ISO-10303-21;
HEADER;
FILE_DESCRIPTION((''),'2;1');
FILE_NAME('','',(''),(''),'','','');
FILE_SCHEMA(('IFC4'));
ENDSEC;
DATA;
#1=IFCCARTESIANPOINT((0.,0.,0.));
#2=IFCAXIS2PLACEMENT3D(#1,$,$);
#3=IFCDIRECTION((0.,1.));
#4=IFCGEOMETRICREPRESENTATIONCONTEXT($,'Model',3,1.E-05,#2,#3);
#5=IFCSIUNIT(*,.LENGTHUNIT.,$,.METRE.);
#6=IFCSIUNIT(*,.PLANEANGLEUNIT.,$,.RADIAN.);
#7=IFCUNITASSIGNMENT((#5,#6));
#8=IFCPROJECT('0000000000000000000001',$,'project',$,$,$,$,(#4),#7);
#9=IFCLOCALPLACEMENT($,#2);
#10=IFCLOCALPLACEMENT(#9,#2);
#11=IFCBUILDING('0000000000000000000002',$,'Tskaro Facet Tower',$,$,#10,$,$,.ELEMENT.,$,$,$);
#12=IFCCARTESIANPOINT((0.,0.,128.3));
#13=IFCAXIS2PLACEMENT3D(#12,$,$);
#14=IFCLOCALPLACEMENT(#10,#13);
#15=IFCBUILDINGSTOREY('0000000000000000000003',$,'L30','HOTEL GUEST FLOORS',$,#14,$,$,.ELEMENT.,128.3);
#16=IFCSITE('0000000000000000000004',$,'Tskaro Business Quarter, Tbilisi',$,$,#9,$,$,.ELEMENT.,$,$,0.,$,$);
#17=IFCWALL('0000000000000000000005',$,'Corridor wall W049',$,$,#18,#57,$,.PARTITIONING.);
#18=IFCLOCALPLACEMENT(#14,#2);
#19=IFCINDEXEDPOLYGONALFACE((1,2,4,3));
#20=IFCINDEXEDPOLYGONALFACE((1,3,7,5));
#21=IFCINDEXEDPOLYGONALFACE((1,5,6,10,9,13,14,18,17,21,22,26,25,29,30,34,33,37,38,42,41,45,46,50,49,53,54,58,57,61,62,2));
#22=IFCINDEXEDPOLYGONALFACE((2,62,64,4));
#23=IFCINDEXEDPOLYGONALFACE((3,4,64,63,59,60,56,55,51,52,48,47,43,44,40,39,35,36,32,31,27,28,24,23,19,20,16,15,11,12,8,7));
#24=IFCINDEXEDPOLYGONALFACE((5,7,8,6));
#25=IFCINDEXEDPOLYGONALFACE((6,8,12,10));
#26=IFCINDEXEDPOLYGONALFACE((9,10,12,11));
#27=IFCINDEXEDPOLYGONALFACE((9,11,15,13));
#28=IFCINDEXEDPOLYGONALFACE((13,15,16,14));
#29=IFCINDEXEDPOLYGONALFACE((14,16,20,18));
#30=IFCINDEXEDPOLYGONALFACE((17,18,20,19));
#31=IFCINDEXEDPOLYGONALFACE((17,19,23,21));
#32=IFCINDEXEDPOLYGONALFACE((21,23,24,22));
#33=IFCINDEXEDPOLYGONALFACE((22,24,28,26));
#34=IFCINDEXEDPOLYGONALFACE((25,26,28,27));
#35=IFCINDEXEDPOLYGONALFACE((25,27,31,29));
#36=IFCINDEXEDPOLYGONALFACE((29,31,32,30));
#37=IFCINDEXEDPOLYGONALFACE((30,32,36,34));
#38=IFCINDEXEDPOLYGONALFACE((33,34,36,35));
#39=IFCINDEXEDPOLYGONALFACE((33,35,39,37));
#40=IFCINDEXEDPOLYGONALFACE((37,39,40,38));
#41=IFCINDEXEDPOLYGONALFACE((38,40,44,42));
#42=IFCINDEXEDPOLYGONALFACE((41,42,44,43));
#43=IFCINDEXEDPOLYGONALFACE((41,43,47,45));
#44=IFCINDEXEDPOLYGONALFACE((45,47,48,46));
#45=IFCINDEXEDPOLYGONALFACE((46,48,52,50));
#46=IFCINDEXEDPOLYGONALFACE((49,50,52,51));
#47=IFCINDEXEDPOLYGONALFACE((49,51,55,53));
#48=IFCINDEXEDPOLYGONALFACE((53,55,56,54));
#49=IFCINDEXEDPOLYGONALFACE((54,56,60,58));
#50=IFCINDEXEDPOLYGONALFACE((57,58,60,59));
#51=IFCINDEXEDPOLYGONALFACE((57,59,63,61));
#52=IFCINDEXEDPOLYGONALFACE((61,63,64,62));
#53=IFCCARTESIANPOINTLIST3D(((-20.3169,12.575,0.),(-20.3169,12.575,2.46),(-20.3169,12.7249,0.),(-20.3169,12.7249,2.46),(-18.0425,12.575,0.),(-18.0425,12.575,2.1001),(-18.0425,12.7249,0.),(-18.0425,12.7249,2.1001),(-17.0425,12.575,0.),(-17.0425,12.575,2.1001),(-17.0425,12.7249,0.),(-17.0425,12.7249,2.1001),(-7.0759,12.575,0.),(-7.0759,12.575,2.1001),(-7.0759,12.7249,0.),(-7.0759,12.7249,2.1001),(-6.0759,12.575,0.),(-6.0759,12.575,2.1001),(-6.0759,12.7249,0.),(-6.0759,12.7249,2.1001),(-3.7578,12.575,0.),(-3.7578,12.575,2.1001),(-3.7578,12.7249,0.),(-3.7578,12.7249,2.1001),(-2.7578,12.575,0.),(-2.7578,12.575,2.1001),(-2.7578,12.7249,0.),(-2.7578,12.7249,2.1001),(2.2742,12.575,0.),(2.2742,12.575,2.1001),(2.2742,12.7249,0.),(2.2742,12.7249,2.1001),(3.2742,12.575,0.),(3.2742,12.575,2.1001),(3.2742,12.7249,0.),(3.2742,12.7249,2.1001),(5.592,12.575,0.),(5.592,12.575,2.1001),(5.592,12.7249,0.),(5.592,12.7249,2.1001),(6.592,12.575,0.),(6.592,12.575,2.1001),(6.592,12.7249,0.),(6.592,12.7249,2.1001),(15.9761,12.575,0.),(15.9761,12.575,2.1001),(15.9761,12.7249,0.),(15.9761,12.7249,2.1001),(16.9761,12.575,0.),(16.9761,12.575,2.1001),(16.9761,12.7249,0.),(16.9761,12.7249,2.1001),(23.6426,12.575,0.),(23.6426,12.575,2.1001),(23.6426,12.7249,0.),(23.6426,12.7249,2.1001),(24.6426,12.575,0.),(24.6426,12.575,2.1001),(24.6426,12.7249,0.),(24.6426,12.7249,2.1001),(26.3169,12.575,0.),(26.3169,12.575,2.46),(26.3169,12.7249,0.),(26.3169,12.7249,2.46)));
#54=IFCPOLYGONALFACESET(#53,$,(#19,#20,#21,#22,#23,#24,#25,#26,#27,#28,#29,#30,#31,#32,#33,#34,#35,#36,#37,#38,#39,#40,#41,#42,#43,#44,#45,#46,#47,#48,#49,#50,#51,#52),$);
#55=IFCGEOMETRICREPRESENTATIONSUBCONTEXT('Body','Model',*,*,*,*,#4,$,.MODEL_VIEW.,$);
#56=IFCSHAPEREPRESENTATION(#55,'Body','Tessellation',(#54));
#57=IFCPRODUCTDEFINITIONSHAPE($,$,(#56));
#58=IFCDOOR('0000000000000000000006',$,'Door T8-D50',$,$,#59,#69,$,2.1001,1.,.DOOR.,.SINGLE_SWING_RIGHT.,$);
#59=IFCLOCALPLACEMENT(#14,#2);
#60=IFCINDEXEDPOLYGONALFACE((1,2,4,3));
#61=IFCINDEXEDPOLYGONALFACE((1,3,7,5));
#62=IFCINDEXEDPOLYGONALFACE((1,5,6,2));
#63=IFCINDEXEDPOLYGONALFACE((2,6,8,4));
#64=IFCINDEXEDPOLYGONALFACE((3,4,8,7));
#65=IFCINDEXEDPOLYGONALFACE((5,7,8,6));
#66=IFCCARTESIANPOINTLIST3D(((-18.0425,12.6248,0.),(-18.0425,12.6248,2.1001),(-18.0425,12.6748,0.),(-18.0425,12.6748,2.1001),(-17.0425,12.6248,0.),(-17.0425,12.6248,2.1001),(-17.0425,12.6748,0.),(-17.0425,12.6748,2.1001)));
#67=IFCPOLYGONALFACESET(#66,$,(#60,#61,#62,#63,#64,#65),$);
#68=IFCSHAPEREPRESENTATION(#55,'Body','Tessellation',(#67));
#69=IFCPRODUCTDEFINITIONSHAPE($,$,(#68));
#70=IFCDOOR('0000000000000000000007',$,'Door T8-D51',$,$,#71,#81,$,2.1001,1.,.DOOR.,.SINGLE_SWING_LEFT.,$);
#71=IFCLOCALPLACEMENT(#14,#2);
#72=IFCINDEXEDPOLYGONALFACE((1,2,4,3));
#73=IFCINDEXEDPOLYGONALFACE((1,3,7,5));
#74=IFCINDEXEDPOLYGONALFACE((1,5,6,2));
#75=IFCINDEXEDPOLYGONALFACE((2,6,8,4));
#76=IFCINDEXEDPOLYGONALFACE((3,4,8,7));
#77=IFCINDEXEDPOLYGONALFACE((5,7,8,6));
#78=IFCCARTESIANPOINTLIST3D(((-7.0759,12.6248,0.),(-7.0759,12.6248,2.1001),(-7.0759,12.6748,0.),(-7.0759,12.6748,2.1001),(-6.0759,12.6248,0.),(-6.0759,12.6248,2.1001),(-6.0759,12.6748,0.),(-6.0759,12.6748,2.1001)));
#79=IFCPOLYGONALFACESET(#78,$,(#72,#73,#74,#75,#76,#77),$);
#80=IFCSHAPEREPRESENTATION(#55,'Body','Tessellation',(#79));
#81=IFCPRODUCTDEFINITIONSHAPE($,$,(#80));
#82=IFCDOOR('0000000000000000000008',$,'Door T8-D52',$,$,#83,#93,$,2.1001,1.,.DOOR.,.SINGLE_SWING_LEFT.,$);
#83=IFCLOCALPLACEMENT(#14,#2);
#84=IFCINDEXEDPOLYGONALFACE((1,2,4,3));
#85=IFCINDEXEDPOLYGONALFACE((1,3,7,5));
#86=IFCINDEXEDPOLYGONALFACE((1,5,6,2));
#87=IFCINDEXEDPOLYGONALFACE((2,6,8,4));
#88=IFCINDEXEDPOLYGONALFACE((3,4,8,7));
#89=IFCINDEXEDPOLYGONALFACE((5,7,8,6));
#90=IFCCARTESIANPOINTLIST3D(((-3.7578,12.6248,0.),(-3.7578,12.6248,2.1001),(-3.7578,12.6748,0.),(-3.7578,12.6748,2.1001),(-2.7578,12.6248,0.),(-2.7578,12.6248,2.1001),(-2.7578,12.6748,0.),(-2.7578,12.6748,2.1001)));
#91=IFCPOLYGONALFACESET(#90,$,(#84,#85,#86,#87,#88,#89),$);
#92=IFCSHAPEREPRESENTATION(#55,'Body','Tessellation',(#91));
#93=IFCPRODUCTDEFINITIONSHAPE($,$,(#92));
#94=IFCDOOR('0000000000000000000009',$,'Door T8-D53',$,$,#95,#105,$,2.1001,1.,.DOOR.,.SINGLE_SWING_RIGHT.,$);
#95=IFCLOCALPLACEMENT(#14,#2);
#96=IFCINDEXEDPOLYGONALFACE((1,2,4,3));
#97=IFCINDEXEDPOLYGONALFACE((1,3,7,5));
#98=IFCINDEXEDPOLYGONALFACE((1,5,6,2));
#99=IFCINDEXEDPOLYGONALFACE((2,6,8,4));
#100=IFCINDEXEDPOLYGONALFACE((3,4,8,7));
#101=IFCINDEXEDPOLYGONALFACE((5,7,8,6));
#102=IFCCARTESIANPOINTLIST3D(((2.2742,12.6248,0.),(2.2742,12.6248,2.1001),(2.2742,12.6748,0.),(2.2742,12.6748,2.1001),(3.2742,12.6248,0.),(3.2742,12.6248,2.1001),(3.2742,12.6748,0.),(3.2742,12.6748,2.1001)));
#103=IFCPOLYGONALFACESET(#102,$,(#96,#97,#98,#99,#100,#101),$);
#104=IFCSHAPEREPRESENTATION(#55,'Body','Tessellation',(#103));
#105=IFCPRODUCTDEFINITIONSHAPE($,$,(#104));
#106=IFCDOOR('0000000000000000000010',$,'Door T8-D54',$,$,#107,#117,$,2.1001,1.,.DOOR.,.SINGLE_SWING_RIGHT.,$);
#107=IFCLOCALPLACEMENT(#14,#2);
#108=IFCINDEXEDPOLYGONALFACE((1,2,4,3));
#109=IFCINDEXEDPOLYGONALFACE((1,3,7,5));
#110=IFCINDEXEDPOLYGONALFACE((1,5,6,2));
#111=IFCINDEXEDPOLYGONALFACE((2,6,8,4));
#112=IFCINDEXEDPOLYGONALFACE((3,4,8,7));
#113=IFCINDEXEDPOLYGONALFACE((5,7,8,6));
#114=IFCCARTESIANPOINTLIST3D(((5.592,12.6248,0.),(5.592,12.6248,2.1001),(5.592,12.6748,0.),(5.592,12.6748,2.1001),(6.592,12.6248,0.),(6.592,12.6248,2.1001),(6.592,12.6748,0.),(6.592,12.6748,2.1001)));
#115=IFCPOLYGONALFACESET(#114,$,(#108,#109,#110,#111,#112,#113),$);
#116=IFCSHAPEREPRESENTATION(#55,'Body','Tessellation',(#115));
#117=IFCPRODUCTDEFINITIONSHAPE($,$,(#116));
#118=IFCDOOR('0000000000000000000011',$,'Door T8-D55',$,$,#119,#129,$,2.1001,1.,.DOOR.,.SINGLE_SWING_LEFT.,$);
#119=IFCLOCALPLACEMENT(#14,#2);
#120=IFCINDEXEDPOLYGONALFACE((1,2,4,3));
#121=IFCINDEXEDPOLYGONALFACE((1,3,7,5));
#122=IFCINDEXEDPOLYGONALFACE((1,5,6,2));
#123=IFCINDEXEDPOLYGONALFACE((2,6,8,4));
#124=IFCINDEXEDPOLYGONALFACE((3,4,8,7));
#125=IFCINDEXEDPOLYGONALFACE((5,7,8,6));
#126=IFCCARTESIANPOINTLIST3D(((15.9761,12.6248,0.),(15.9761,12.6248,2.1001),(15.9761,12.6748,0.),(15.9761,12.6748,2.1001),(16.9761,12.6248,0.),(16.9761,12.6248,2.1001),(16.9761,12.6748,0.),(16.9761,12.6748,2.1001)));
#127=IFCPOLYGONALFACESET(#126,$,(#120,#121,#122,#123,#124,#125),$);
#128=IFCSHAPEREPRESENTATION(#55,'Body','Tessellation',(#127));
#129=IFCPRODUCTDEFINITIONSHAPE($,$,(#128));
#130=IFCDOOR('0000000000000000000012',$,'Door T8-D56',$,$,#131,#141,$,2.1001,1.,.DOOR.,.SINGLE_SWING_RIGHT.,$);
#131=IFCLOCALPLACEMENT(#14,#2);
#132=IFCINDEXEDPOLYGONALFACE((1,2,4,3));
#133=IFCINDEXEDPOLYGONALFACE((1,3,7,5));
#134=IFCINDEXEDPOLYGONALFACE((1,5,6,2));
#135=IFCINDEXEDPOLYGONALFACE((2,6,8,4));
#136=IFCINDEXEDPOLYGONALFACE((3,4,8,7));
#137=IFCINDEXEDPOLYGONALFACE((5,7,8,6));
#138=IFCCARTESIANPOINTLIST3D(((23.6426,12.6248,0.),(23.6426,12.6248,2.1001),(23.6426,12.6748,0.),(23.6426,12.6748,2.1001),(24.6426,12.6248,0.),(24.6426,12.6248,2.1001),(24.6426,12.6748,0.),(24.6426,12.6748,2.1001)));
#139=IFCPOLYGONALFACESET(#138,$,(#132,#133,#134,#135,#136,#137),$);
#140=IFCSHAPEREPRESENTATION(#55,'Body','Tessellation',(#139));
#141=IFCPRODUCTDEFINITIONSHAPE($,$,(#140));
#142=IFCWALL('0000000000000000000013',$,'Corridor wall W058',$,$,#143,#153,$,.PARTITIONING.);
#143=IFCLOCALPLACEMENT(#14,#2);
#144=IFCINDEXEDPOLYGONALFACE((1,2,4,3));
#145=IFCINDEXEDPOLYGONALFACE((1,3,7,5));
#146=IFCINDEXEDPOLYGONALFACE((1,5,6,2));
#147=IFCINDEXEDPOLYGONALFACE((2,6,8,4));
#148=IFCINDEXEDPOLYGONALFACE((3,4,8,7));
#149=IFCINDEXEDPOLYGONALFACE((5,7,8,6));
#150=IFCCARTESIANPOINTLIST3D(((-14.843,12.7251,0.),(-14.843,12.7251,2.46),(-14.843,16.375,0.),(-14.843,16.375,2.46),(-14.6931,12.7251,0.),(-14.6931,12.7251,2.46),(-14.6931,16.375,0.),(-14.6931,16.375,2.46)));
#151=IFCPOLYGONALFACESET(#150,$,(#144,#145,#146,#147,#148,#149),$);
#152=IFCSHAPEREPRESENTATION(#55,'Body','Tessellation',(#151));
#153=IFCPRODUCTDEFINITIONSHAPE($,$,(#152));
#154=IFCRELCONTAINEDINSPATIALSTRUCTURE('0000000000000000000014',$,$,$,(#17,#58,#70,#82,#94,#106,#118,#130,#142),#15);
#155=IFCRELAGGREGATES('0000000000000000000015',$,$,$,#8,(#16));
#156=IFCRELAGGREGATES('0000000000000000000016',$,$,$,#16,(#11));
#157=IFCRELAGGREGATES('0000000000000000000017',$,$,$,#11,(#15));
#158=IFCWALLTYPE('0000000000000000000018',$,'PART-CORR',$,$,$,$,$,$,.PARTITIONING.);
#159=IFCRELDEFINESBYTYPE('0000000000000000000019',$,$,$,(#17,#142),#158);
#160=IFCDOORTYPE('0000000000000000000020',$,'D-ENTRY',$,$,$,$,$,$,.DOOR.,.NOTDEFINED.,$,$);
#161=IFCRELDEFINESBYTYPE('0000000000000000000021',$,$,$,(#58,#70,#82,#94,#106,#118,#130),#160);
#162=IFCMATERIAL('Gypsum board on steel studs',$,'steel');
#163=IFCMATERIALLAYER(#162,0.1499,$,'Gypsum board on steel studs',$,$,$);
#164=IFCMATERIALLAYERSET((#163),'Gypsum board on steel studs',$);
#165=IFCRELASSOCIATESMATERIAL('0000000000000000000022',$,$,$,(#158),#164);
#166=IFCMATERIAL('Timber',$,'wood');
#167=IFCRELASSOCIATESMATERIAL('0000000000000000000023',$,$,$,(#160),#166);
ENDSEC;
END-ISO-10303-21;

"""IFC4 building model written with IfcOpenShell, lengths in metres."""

from ifc_helpers import new_model, si_unit, direction, frame, frame_2d, origin, place, context, subcontext, project, spatial, rectangle, extrude, material, layer, layer_set, type_object, element, fill, save


model = new_model("IFC4")

# Units and contexts
model_context = context("Model", 3, precision=1e-05, world=origin(), true_north=direction((0.0, 1.0)))
body_context = subcontext(model_context, "Body", "Model", "MODEL_VIEW")
ifc_project = project(units=[si_unit("LENGTHUNIT", "METRE"), si_unit("PLANEANGLEUNIT", "RADIAN")], contexts=[model_context])

# Site, building, storey
site_placement = place(None, origin())
site = spatial("IfcSite", under=ifc_project, at=site_placement, Name="Tskaro Business Quarter, Tbilisi", CompositionType="ELEMENT", RefElevation=0.0)
building_placement = place(site_placement, origin())
building = spatial("IfcBuilding", under=site, at=building_placement, Name="Tskaro Facet Tower", CompositionType="ELEMENT")
storey_placement = place(building_placement, frame((0.0, 0.0, 128.3)))
storey = spatial("IfcBuildingStorey", under=building, at=storey_placement, Name="L30", Description="HOTEL GUEST FLOORS", CompositionType="ELEMENT", Elevation=128.3)

# Shared definitions
ifc_material_1 = material(Name="Gypsum board on steel studs", Category="steel")
ifc_layer_1 = layer(ifc_material_1, 0.1499, Name="Gypsum board on steel studs")
ifc_layer_set_1 = layer_set([ifc_layer_1], Name="Gypsum board on steel studs")
wall_type = type_object("IfcWallType", Name="PART-CORR", PredefinedType="PARTITIONING", material=ifc_layer_set_1)
ifc_material_2 = material(Name="Timber", Category="wood")

# Wall, openings, doors
wall_1_placement = place(storey_placement, frame((-20.3169, 12.6499, 0.0), z_axis=(0.0, 0.0, 1.0), x_axis=(1.0, 0.0, 0.0)))
wall_1 = element("IfcWall", 1, at=wall_1_placement, inside=storey, type_object=wall_type, Name="Corridor wall W049", PredefinedType="PARTITIONING", context=body_context, shape_type="SweptSolid", body=[
    extrude(rectangle(XDim=46.6338, YDim=0.1499, at=frame_2d((23.3169, 0.0))), origin(), (0.0, 0.0, 1.0), 2.46),
])
opening_1_placement = place(wall_1_placement, frame((2.2744, 0.0, 0.0)))
opening_1 = element("IfcOpeningElement", 2, at=opening_1_placement, cuts=wall_1, PredefinedType="OPENING", context=body_context, shape_type="SweptSolid", body=[
    extrude(rectangle(XDim=1.0, YDim=2.1001, at=frame_2d((0.5, 1.05))), frame((0.0, 0.085, 0.0), z_axis=(0.0, -1.0, 0.0), x_axis=(1.0, 0.0, 0.0)), (0.0, 0.0, 1.0), 0.1699),
])
opening_2_placement = place(wall_1_placement, frame((13.241, 0.0, 0.0)))
opening_2 = element("IfcOpeningElement", 3, at=opening_2_placement, cuts=wall_1, PredefinedType="OPENING", context=body_context, shape_type="SweptSolid", body=[
    extrude(rectangle(XDim=1.0, YDim=2.1001, at=frame_2d((0.5, 1.05))), frame((0.0, 0.085, 0.0), z_axis=(0.0, -1.0, 0.0), x_axis=(1.0, 0.0, 0.0)), (0.0, 0.0, 1.0), 0.1699),
])
opening_3_placement = place(wall_1_placement, frame((16.5591, 0.0, 0.0)))
opening_3 = element("IfcOpeningElement", 4, at=opening_3_placement, cuts=wall_1, PredefinedType="OPENING", context=body_context, shape_type="SweptSolid", body=[
    extrude(rectangle(XDim=1.0, YDim=2.1001, at=frame_2d((0.5, 1.05))), frame((0.0, 0.085, 0.0), z_axis=(0.0, -1.0, 0.0), x_axis=(1.0, 0.0, 0.0)), (0.0, 0.0, 1.0), 0.1699),
])
opening_4_placement = place(wall_1_placement, frame((22.5911, 0.0, 0.0)))
opening_4 = element("IfcOpeningElement", 5, at=opening_4_placement, cuts=wall_1, PredefinedType="OPENING", context=body_context, shape_type="SweptSolid", body=[
    extrude(rectangle(XDim=1.0, YDim=2.1001, at=frame_2d((0.5, 1.05))), frame((0.0, 0.085, 0.0), z_axis=(0.0, -1.0, 0.0), x_axis=(1.0, 0.0, 0.0)), (0.0, 0.0, 1.0), 0.1699),
])
opening_5_placement = place(wall_1_placement, frame((25.9089, 0.0, 0.0)))
opening_5 = element("IfcOpeningElement", 6, at=opening_5_placement, cuts=wall_1, PredefinedType="OPENING", context=body_context, shape_type="SweptSolid", body=[
    extrude(rectangle(XDim=1.0, YDim=2.1001, at=frame_2d((0.5, 1.05))), frame((0.0, 0.085, 0.0), z_axis=(0.0, -1.0, 0.0), x_axis=(1.0, 0.0, 0.0)), (0.0, 0.0, 1.0), 0.1699),
])
opening_6_placement = place(wall_1_placement, frame((36.293, 0.0, 0.0)))
opening_6 = element("IfcOpeningElement", 7, at=opening_6_placement, cuts=wall_1, PredefinedType="OPENING", context=body_context, shape_type="SweptSolid", body=[
    extrude(rectangle(XDim=1.0, YDim=2.1001, at=frame_2d((0.5, 1.05))), frame((0.0, 0.085, 0.0), z_axis=(0.0, -1.0, 0.0), x_axis=(1.0, 0.0, 0.0)), (0.0, 0.0, 1.0), 0.1699),
])
opening_7_placement = place(wall_1_placement, frame((43.9595, 0.0, 0.0)))
opening_7 = element("IfcOpeningElement", 8, at=opening_7_placement, cuts=wall_1, PredefinedType="OPENING", context=body_context, shape_type="SweptSolid", body=[
    extrude(rectangle(XDim=1.0, YDim=2.1001, at=frame_2d((0.5, 1.05))), frame((0.0, 0.085, 0.0), z_axis=(0.0, -1.0, 0.0), x_axis=(1.0, 0.0, 0.0)), (0.0, 0.0, 1.0), 0.1699),
])
door_type_1 = type_object("IfcDoorType", Name="D-ENTRY", OperationType="NOTDEFINED", PredefinedType="DOOR", material=ifc_material_2)
door_1_placement = place(opening_1_placement, origin())
door_1 = element("IfcDoor", 9, at=door_1_placement, inside=storey, type_object=door_type_1, Name="Door T8-D50", OperationType="SINGLE_SWING_RIGHT", OverallHeight=2.1001, OverallWidth=1.0, PredefinedType="DOOR", context=body_context, shape_type="SweptSolid", body=[
    extrude(rectangle(XDim=1.0, YDim=2.1001, at=frame_2d((0.5, 1.05))), frame((0.0, 0.0249, 0.0), z_axis=(0.0, -1.0, 0.0), x_axis=(1.0, 0.0, 0.0)), (0.0, 0.0, 1.0), 0.05),
])
fill(opening_1, door_1)
door_2_placement = place(opening_2_placement, origin())
door_2 = element("IfcDoor", 10, at=door_2_placement, inside=storey, type_object=door_type_1, Name="Door T8-D51", OperationType="SINGLE_SWING_LEFT", OverallHeight=2.1001, OverallWidth=1.0, PredefinedType="DOOR", context=body_context, shape_type="SweptSolid", body=[
    extrude(rectangle(XDim=1.0, YDim=2.1001, at=frame_2d((0.5, 1.05))), frame((0.0, 0.0249, 0.0), z_axis=(0.0, -1.0, 0.0), x_axis=(1.0, 0.0, 0.0)), (0.0, 0.0, 1.0), 0.05),
])
fill(opening_2, door_2)
door_3_placement = place(opening_3_placement, origin())
door_3 = element("IfcDoor", 11, at=door_3_placement, inside=storey, type_object=door_type_1, Name="Door T8-D52", OperationType="SINGLE_SWING_LEFT", OverallHeight=2.1001, OverallWidth=1.0, PredefinedType="DOOR", context=body_context, shape_type="SweptSolid", body=[
    extrude(rectangle(XDim=1.0, YDim=2.1001, at=frame_2d((0.5, 1.05))), frame((0.0, 0.0249, 0.0), z_axis=(0.0, -1.0, 0.0), x_axis=(1.0, 0.0, 0.0)), (0.0, 0.0, 1.0), 0.05),
])
fill(opening_3, door_3)
door_4_placement = place(opening_4_placement, origin())
door_4 = element("IfcDoor", 12, at=door_4_placement, inside=storey, type_object=door_type_1, Name="Door T8-D53", OperationType="SINGLE_SWING_RIGHT", OverallHeight=2.1001, OverallWidth=1.0, PredefinedType="DOOR", context=body_context, shape_type="SweptSolid", body=[
    extrude(rectangle(XDim=1.0, YDim=2.1001, at=frame_2d((0.5, 1.05))), frame((0.0, 0.0249, 0.0), z_axis=(0.0, -1.0, 0.0), x_axis=(1.0, 0.0, 0.0)), (0.0, 0.0, 1.0), 0.05),
])
fill(opening_4, door_4)
door_5_placement = place(opening_5_placement, origin())
door_5 = element("IfcDoor", 13, at=door_5_placement, inside=storey, type_object=door_type_1, Name="Door T8-D54", OperationType="SINGLE_SWING_RIGHT", OverallHeight=2.1001, OverallWidth=1.0, PredefinedType="DOOR", context=body_context, shape_type="SweptSolid", body=[
    extrude(rectangle(XDim=1.0, YDim=2.1001, at=frame_2d((0.5, 1.05))), frame((0.0, 0.0249, 0.0), z_axis=(0.0, -1.0, 0.0), x_axis=(1.0, 0.0, 0.0)), (0.0, 0.0, 1.0), 0.05),
])
fill(opening_5, door_5)
door_6_placement = place(opening_6_placement, origin())
door_6 = element("IfcDoor", 14, at=door_6_placement, inside=storey, type_object=door_type_1, Name="Door T8-D55", OperationType="SINGLE_SWING_LEFT", OverallHeight=2.1001, OverallWidth=1.0, PredefinedType="DOOR", context=body_context, shape_type="SweptSolid", body=[
    extrude(rectangle(XDim=1.0, YDim=2.1001, at=frame_2d((0.5, 1.05))), frame((0.0, 0.0249, 0.0), z_axis=(0.0, -1.0, 0.0), x_axis=(1.0, 0.0, 0.0)), (0.0, 0.0, 1.0), 0.05),
])
fill(opening_6, door_6)
door_7_placement = place(opening_7_placement, origin())
door_7 = element("IfcDoor", 15, at=door_7_placement, inside=storey, type_object=door_type_1, Name="Door T8-D56", OperationType="SINGLE_SWING_RIGHT", OverallHeight=2.1001, OverallWidth=1.0, PredefinedType="DOOR", context=body_context, shape_type="SweptSolid", body=[
    extrude(rectangle(XDim=1.0, YDim=2.1001, at=frame_2d((0.5, 1.05))), frame((0.0, 0.0249, 0.0), z_axis=(0.0, -1.0, 0.0), x_axis=(1.0, 0.0, 0.0)), (0.0, 0.0, 1.0), 0.05),
])
fill(opening_7, door_7)

# Wall
wall_2_placement = place(storey_placement, frame((-14.7681, 12.7251, 0.0), z_axis=(0.0, 0.0, 1.0), x_axis=(0.0, 1.0, 0.0)))
element("IfcWall", 16, at=wall_2_placement, inside=storey, type_object=wall_type, Name="Corridor wall W058", PredefinedType="PARTITIONING", context=body_context, shape_type="SweptSolid", body=[
    extrude(rectangle(XDim=3.6499, YDim=0.1499, at=frame_2d((1.825, 0.0))), origin(), (0.0, 0.0, 1.0), 2.46),
])

save(model, "model.ifc")
